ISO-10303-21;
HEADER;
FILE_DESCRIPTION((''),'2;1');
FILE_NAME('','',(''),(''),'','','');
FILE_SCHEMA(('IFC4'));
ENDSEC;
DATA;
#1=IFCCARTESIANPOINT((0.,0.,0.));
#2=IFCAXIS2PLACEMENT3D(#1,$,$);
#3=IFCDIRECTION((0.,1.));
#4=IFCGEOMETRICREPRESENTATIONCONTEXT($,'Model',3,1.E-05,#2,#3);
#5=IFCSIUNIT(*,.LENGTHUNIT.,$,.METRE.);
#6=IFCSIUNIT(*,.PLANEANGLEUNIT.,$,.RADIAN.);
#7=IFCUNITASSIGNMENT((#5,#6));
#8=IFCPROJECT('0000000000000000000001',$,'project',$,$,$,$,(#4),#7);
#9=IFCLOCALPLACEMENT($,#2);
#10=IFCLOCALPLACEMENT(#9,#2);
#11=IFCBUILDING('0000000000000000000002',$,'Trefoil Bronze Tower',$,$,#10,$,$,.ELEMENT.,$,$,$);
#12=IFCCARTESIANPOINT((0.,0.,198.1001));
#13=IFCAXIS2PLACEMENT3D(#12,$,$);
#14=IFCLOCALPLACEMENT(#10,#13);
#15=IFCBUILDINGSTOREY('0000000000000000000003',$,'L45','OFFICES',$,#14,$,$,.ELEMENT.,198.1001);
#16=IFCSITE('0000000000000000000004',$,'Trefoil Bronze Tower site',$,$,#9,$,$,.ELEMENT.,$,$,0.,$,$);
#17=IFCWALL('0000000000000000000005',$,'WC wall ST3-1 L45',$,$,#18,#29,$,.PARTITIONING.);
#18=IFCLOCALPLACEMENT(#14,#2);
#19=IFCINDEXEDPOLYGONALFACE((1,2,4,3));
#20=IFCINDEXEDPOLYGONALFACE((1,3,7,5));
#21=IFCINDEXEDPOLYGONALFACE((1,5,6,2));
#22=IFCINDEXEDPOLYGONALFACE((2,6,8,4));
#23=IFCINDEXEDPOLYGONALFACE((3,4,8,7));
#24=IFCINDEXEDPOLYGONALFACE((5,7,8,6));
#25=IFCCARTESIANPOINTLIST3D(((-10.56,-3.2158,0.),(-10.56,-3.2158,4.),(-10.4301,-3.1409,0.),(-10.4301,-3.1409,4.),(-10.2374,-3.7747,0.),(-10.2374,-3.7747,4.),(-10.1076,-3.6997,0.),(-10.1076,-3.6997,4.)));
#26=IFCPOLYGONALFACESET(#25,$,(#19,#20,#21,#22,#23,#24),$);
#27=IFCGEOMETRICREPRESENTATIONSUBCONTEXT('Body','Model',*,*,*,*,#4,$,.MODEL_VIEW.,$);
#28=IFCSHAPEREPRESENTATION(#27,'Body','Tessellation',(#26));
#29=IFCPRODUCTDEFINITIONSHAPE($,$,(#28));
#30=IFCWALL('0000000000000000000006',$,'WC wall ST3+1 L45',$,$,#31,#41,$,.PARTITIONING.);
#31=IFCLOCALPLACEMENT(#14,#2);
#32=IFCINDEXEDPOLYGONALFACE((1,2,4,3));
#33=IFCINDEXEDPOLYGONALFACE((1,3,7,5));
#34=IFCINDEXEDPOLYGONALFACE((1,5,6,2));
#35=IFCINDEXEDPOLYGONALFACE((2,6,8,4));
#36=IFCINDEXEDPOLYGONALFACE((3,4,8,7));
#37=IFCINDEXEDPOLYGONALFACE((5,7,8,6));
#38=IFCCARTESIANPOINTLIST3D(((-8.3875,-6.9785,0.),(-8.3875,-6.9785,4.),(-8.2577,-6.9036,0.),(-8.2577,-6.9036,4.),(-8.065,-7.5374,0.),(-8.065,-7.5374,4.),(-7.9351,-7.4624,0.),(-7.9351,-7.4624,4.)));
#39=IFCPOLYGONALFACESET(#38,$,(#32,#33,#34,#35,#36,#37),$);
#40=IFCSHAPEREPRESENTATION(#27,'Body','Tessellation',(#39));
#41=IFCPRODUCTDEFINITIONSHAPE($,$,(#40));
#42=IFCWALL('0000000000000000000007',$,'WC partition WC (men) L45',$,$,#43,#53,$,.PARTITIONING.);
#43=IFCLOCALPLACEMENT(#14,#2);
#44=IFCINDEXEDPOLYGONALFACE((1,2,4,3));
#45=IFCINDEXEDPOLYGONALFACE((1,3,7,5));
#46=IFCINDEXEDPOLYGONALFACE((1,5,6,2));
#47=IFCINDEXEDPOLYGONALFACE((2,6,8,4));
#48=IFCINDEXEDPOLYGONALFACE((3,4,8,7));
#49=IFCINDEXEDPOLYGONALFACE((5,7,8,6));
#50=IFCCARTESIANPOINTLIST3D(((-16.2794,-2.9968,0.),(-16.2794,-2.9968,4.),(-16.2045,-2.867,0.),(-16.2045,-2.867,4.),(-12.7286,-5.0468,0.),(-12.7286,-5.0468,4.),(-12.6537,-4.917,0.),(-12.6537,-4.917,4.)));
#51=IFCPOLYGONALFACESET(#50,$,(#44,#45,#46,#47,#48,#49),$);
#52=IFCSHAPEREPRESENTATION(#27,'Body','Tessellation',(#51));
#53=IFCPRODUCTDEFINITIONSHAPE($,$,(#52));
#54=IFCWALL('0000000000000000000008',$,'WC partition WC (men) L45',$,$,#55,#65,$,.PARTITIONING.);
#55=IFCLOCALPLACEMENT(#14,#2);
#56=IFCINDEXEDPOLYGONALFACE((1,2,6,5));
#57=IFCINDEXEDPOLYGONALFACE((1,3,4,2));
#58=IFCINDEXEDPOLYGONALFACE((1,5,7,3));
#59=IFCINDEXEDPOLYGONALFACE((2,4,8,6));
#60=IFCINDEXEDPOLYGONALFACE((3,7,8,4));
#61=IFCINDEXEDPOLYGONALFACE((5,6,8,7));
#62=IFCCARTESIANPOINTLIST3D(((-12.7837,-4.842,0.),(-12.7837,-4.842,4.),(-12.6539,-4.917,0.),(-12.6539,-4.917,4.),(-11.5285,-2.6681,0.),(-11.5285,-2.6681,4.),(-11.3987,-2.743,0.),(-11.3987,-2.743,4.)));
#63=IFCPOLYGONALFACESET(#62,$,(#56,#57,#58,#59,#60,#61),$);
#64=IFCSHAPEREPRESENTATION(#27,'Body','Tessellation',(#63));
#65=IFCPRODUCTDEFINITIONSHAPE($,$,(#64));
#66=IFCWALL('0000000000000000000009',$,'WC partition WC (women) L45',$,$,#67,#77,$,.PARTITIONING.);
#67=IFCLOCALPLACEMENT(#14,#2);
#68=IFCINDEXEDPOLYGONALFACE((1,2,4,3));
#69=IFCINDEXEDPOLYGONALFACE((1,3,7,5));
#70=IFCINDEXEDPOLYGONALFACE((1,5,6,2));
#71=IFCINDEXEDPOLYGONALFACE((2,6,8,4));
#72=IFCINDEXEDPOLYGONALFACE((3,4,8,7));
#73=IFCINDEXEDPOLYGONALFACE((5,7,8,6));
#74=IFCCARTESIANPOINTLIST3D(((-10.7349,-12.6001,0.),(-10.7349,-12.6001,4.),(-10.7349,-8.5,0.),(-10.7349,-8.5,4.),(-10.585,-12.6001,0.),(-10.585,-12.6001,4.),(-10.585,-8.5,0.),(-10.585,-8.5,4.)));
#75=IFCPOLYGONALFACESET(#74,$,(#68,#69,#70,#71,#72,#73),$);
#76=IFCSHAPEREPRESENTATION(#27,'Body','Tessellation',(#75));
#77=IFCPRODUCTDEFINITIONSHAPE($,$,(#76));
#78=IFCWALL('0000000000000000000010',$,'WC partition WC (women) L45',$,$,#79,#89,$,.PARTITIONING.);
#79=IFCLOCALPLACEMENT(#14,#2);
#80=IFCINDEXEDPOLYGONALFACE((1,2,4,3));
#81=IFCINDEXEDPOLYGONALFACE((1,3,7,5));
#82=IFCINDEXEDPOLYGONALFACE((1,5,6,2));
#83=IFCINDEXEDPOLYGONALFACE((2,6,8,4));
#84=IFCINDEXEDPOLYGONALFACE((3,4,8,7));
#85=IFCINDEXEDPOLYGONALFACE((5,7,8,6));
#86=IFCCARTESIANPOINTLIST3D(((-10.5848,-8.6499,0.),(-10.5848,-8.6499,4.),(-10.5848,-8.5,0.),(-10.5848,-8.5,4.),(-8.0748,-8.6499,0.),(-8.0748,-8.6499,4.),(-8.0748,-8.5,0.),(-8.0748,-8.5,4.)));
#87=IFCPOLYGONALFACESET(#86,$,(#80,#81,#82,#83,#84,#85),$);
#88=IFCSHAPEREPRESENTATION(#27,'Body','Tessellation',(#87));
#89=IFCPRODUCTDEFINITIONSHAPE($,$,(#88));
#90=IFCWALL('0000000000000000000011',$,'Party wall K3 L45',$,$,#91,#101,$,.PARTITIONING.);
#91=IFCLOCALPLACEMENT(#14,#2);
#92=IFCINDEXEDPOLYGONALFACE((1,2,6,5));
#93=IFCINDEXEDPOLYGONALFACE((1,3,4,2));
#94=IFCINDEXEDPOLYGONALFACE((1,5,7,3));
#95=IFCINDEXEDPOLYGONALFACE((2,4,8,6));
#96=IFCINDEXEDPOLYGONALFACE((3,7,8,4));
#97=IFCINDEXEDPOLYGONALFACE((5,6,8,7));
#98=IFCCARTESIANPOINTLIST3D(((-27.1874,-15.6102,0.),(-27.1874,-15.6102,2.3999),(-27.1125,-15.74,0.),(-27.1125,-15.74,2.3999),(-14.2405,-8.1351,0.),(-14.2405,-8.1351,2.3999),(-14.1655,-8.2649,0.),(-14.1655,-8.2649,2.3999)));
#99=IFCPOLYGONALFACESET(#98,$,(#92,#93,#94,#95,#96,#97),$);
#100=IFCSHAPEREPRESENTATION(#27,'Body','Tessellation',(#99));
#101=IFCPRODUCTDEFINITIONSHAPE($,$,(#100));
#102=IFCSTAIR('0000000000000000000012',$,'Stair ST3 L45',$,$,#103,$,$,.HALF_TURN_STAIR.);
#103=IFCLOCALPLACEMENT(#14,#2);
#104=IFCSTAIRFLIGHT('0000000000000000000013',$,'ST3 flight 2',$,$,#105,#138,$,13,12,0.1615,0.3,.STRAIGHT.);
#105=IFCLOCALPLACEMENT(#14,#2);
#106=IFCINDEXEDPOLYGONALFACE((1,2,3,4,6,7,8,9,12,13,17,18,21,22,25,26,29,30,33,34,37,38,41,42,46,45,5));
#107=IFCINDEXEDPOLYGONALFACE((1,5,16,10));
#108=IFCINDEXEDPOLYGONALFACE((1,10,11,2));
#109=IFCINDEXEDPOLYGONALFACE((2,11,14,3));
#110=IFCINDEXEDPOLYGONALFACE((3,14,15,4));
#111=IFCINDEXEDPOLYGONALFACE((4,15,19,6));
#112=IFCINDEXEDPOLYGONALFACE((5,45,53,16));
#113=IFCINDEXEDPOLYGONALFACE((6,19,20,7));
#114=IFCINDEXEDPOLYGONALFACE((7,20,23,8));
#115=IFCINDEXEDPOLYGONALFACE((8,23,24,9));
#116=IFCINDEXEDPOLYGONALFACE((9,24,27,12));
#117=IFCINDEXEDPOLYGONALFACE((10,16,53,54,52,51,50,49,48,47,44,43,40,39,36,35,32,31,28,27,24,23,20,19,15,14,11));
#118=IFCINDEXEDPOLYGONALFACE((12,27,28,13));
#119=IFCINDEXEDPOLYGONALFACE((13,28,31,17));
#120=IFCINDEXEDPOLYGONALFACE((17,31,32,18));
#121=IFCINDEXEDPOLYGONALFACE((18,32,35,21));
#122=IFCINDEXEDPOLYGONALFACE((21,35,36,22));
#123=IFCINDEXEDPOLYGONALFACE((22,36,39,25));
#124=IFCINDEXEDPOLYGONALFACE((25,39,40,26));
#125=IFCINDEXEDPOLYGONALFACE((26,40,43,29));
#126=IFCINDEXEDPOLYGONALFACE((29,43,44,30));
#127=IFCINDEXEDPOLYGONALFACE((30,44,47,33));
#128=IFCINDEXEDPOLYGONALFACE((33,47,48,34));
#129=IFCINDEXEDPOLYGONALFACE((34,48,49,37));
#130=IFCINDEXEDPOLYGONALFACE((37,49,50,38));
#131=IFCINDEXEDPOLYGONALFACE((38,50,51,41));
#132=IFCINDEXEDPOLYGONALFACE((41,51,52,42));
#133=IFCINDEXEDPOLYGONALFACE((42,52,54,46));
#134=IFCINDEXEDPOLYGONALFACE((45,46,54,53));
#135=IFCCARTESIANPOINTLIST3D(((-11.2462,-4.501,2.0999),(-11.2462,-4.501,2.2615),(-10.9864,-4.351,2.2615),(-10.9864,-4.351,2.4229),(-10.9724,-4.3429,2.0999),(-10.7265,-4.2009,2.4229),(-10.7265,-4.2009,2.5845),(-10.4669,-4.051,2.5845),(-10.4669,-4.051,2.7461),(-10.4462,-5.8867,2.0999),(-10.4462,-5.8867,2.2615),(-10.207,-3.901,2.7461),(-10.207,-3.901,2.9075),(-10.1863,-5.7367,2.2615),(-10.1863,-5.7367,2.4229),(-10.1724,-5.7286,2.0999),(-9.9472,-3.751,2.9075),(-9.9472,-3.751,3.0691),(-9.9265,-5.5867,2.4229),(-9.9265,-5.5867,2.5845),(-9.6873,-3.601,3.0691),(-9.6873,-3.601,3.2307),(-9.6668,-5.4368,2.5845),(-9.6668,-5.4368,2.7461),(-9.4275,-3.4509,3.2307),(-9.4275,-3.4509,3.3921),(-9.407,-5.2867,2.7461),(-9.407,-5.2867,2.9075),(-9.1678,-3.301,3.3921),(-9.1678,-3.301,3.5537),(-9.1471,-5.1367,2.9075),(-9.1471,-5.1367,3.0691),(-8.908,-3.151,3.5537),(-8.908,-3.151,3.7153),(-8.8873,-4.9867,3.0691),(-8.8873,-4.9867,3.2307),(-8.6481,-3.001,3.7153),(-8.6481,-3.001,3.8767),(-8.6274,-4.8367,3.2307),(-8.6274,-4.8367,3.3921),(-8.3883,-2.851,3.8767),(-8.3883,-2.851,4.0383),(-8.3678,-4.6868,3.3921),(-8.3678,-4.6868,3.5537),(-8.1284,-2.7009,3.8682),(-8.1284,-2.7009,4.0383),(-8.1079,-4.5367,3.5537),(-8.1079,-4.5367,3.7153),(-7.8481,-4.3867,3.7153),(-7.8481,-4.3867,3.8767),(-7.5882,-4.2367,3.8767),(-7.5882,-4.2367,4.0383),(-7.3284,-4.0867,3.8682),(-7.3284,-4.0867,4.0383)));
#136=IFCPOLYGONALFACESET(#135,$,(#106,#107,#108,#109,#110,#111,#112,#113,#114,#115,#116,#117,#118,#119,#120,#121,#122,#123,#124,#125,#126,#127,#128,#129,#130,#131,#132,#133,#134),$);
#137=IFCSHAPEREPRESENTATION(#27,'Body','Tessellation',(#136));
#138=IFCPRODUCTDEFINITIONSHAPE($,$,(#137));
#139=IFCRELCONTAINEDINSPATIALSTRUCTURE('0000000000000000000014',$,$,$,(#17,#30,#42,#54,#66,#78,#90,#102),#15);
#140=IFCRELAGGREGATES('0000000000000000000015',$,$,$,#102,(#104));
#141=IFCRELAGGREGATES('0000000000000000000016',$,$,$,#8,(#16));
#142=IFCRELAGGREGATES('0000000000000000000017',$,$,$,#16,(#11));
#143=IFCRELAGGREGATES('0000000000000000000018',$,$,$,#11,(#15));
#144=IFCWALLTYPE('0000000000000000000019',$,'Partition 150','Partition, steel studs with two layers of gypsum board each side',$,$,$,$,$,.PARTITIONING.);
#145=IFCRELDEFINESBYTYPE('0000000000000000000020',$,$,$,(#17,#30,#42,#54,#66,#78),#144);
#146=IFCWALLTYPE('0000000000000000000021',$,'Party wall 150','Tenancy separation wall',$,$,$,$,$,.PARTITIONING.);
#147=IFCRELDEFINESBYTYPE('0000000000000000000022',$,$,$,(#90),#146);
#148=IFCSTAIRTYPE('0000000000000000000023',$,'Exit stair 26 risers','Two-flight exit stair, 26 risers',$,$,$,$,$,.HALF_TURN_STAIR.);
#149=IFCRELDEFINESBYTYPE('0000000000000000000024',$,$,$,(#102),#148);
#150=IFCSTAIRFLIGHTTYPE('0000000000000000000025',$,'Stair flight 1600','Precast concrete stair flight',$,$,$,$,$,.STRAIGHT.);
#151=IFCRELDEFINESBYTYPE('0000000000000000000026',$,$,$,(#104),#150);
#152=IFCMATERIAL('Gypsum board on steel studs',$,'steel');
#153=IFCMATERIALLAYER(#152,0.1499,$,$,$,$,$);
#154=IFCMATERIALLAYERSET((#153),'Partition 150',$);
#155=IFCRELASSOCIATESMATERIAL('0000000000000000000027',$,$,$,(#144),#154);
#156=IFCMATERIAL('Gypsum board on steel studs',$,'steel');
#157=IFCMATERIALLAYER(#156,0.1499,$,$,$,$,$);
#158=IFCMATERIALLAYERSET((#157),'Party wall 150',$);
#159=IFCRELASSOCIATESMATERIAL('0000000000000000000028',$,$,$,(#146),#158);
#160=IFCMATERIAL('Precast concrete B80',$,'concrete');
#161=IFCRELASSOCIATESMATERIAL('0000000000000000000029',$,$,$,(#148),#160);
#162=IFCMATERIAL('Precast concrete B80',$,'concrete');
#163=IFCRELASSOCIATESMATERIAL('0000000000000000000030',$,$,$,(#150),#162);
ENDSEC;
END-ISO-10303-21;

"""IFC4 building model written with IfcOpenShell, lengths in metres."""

from ifc_helpers import new_model, si_unit, direction, frame, frame_2d, origin, place, context, subcontext, project, spatial, polyline, rectangle, outline, extrude, material, layer, layer_set, type_object, element, aggregate, save


model = new_model("IFC4")

# Units and contexts
model_context = context("Model", 3, precision=1e-05, world=origin(), true_north=direction((0.0, 1.0)))
body_context = subcontext(model_context, "Body", "Model", "MODEL_VIEW")
ifc_project = project(units=[si_unit("LENGTHUNIT", "METRE"), si_unit("PLANEANGLEUNIT", "RADIAN")], contexts=[model_context])

# Site, building, storey
site_placement = place(None, origin())
site = spatial("IfcSite", under=ifc_project, at=site_placement, Name="Trefoil Bronze Tower site", CompositionType="ELEMENT", RefElevation=0.0)
building_placement = place(site_placement, origin())
building = spatial("IfcBuilding", under=site, at=building_placement, Name="Trefoil Bronze Tower", CompositionType="ELEMENT")
storey_placement = place(building_placement, frame((0.0, 0.0, 198.1001)))
storey = spatial("IfcBuildingStorey", under=building, at=storey_placement, Name="L45", Description="OFFICES", CompositionType="ELEMENT", Elevation=198.1001)

# Shared definitions
ifc_material_1 = material(Name="Gypsum board on steel studs", Category="steel")
ifc_layer_1 = layer(ifc_material_1, 0.1499)
ifc_layer_set_1 = layer_set([ifc_layer_1], Name="Partition 150")
wall_type_1 = type_object("IfcWallType", Name="Partition 150", Description="Partition, steel studs with two layers of gypsum board each side", PredefinedType="PARTITIONING", material=ifc_layer_set_1)

# Walls
for number, where, z_axis, x_axis, name in (
    (1, (-10.4951, -3.1782, 0.0), (0.0, 0.0, 1.0), (0.499843, -0.866116, 0.0), "WC wall ST3-1 L45"),
    (2, (-8.0, -7.5, 0.0), (0.0, 0.0, 1.0), (-0.499843, 0.866116, 0.0), "WC wall ST3+1 L45"),
):
    element("IfcWall", number, at=place(storey_placement, frame(where, z_axis=z_axis, x_axis=x_axis)), inside=storey, type_object=wall_type_1, Name=name, PredefinedType="PARTITIONING", context=body_context, shape_type="SweptSolid", body=[
        extrude(rectangle(XDim=0.6453, YDim=0.1499, at=frame_2d((0.3228, 0.0))), origin(), (0.0, 0.0, 1.0), 4.0),
    ])
wall_1_placement = place(storey_placement, frame((-12.6912, -4.9819, 0.0), z_axis=(0.0, 0.0, 1.0), x_axis=(-0.866025, 0.500001, 0.0)))
element("IfcWall", 3, at=wall_1_placement, inside=storey, type_object=wall_type_1, Name="WC partition WC (men) L45", PredefinedType="PARTITIONING", context=body_context, shape_type="SweptSolid", body=[
    extrude(rectangle(XDim=4.1001, YDim=0.1499, at=frame_2d((2.05, 0.0))), origin(), (0.0, 0.0, 1.0), 4.0),
])
wall_2_placement = place(storey_placement, frame((-11.4636, -2.7056, 0.0), z_axis=(0.0, 0.0, 1.0), x_axis=(-0.50002, -0.866014, 0.0)))
element("IfcWall", 4, at=wall_2_placement, inside=storey, type_object=wall_type_1, Name="WC partition WC (men) L45", PredefinedType="PARTITIONING", context=body_context, shape_type="SweptSolid", body=[
    extrude(rectangle(XDim=2.5103, YDim=0.1499, at=frame_2d((1.2551, 0.0))), origin(), (0.0, 0.0, 1.0), 4.0),
])
wall_3_placement = place(storey_placement, frame((-10.6599, -8.5, 0.0), z_axis=(0.0, 0.0, 1.0), x_axis=(0.0, -1.0, 0.0)))
element("IfcWall", 5, at=wall_3_placement, inside=storey, type_object=wall_type_1, Name="WC partition WC (women) L45", PredefinedType="PARTITIONING", context=body_context, shape_type="SweptSolid", body=[
    extrude(rectangle(XDim=4.1001, YDim=0.1499, at=frame_2d((2.05, 0.0))), origin(), (0.0, 0.0, 1.0), 4.0),
])
wall_4_placement = place(storey_placement, frame((-8.075, -8.575, 0.0), z_axis=(0.0, 0.0, 1.0), x_axis=(-1.0, 0.0, 0.0)))
element("IfcWall", 6, at=wall_4_placement, inside=storey, type_object=wall_type_1, Name="WC partition WC (women) L45", PredefinedType="PARTITIONING", context=body_context, shape_type="SweptSolid", body=[
    extrude(rectangle(XDim=2.51, YDim=0.1499, at=frame_2d((1.2549, 0.0))), origin(), (0.0, 0.0, 1.0), 4.0),
])
ifc_material_2 = material(Name="Gypsum board on steel studs", Category="steel")
ifc_layer_2 = layer(ifc_material_2, 0.1499)
ifc_layer_set_2 = layer_set([ifc_layer_2], Name="Party wall 150")
wall_type_2 = type_object("IfcWallType", Name="Party wall 150", Description="Tenancy separation wall", PredefinedType="PARTITIONING", material=ifc_layer_set_2)
wall_5_placement = place(storey_placement, frame((-14.2029, -8.2, 0.0), z_axis=(0.0, 0.0, 1.0), x_axis=(-0.866022, -0.500007, 0.0)))
element("IfcWall", 7, at=wall_5_placement, inside=storey, type_object=wall_type_2, Name="Party wall K3 L45", PredefinedType="PARTITIONING", context=body_context, shape_type="SweptSolid", body=[
    extrude(rectangle(XDim=14.95, YDim=0.1499, at=frame_2d((7.4751, 0.0))), origin(), (0.0, 0.0, 1.0), 2.3999),
])

# Stair, stair flight
ifc_material_3 = material(Name="Precast concrete B80", Category="concrete")
stair_type = type_object("IfcStairType", Name="Exit stair 26 risers", Description="Two-flight exit stair, 26 risers", PredefinedType="HALF_TURN_STAIR", material=ifc_material_3)
stair_placement = place(storey_placement, origin())
stair = element("IfcStair", 8, at=stair_placement, inside=storey, type_object=stair_type, Name="Stair ST3 L45", PredefinedType="HALF_TURN_STAIR")
ifc_material_4 = material(Name="Precast concrete B80", Category="concrete")
stair_flight_type = type_object("IfcStairFlightType", Name="Stair flight 1600", Description="Precast concrete stair flight", PredefinedType="STRAIGHT", material=ifc_material_4)
stair_flight_placement = place(storey_placement, frame((-10.8462, -5.1938, 2.0999), z_axis=(0.0, 0.0, 1.0), x_axis=(0.866025, 0.5, 0.0)))
stair_flight = element("IfcStairFlight", 9, at=stair_flight_placement, type_object=stair_flight_type, Name="ST3 flight 2", NumberOfRisers=13, NumberOfTreads=12, PredefinedType="STRAIGHT", RiserHeight=0.1615, TreadLength=0.3, context=body_context, shape_type="SweptSolid", body=[
    extrude(outline(polyline([(0.0, 0.0), (0.0, 0.1616), (0.3, 0.1616), (0.3, 0.323), (0.6001, 0.323), (0.6001, 0.4846), (0.8999, 0.4846), (0.8999, 0.6462), (1.2, 0.6462), (1.2, 0.8076), (1.5, 0.8076), (1.5, 0.9692), (1.8, 0.9692), (1.8, 1.1309), (2.1001, 1.1309), (2.1001, 1.2922), (2.3999, 1.2922), (2.3999, 1.4539), (2.7, 1.4539), (2.7, 1.6155), (3.0, 1.6155), (3.0, 1.7769), (3.3, 1.7769), (3.3, 1.9385), (3.6001, 1.9385), (3.6001, 2.1001), (3.6001, 1.7683), (0.3162, 0.0), (0.0, 0.0)])), frame((0.0, 0.8, 0.0), z_axis=(0.0, -1.0, 0.0), x_axis=(1.0, 0.0, 0.0)), (0.0, 0.0, 1.0), 1.6001),
])
aggregate(stair, [stair_flight])

save(model, "model.ifc")
